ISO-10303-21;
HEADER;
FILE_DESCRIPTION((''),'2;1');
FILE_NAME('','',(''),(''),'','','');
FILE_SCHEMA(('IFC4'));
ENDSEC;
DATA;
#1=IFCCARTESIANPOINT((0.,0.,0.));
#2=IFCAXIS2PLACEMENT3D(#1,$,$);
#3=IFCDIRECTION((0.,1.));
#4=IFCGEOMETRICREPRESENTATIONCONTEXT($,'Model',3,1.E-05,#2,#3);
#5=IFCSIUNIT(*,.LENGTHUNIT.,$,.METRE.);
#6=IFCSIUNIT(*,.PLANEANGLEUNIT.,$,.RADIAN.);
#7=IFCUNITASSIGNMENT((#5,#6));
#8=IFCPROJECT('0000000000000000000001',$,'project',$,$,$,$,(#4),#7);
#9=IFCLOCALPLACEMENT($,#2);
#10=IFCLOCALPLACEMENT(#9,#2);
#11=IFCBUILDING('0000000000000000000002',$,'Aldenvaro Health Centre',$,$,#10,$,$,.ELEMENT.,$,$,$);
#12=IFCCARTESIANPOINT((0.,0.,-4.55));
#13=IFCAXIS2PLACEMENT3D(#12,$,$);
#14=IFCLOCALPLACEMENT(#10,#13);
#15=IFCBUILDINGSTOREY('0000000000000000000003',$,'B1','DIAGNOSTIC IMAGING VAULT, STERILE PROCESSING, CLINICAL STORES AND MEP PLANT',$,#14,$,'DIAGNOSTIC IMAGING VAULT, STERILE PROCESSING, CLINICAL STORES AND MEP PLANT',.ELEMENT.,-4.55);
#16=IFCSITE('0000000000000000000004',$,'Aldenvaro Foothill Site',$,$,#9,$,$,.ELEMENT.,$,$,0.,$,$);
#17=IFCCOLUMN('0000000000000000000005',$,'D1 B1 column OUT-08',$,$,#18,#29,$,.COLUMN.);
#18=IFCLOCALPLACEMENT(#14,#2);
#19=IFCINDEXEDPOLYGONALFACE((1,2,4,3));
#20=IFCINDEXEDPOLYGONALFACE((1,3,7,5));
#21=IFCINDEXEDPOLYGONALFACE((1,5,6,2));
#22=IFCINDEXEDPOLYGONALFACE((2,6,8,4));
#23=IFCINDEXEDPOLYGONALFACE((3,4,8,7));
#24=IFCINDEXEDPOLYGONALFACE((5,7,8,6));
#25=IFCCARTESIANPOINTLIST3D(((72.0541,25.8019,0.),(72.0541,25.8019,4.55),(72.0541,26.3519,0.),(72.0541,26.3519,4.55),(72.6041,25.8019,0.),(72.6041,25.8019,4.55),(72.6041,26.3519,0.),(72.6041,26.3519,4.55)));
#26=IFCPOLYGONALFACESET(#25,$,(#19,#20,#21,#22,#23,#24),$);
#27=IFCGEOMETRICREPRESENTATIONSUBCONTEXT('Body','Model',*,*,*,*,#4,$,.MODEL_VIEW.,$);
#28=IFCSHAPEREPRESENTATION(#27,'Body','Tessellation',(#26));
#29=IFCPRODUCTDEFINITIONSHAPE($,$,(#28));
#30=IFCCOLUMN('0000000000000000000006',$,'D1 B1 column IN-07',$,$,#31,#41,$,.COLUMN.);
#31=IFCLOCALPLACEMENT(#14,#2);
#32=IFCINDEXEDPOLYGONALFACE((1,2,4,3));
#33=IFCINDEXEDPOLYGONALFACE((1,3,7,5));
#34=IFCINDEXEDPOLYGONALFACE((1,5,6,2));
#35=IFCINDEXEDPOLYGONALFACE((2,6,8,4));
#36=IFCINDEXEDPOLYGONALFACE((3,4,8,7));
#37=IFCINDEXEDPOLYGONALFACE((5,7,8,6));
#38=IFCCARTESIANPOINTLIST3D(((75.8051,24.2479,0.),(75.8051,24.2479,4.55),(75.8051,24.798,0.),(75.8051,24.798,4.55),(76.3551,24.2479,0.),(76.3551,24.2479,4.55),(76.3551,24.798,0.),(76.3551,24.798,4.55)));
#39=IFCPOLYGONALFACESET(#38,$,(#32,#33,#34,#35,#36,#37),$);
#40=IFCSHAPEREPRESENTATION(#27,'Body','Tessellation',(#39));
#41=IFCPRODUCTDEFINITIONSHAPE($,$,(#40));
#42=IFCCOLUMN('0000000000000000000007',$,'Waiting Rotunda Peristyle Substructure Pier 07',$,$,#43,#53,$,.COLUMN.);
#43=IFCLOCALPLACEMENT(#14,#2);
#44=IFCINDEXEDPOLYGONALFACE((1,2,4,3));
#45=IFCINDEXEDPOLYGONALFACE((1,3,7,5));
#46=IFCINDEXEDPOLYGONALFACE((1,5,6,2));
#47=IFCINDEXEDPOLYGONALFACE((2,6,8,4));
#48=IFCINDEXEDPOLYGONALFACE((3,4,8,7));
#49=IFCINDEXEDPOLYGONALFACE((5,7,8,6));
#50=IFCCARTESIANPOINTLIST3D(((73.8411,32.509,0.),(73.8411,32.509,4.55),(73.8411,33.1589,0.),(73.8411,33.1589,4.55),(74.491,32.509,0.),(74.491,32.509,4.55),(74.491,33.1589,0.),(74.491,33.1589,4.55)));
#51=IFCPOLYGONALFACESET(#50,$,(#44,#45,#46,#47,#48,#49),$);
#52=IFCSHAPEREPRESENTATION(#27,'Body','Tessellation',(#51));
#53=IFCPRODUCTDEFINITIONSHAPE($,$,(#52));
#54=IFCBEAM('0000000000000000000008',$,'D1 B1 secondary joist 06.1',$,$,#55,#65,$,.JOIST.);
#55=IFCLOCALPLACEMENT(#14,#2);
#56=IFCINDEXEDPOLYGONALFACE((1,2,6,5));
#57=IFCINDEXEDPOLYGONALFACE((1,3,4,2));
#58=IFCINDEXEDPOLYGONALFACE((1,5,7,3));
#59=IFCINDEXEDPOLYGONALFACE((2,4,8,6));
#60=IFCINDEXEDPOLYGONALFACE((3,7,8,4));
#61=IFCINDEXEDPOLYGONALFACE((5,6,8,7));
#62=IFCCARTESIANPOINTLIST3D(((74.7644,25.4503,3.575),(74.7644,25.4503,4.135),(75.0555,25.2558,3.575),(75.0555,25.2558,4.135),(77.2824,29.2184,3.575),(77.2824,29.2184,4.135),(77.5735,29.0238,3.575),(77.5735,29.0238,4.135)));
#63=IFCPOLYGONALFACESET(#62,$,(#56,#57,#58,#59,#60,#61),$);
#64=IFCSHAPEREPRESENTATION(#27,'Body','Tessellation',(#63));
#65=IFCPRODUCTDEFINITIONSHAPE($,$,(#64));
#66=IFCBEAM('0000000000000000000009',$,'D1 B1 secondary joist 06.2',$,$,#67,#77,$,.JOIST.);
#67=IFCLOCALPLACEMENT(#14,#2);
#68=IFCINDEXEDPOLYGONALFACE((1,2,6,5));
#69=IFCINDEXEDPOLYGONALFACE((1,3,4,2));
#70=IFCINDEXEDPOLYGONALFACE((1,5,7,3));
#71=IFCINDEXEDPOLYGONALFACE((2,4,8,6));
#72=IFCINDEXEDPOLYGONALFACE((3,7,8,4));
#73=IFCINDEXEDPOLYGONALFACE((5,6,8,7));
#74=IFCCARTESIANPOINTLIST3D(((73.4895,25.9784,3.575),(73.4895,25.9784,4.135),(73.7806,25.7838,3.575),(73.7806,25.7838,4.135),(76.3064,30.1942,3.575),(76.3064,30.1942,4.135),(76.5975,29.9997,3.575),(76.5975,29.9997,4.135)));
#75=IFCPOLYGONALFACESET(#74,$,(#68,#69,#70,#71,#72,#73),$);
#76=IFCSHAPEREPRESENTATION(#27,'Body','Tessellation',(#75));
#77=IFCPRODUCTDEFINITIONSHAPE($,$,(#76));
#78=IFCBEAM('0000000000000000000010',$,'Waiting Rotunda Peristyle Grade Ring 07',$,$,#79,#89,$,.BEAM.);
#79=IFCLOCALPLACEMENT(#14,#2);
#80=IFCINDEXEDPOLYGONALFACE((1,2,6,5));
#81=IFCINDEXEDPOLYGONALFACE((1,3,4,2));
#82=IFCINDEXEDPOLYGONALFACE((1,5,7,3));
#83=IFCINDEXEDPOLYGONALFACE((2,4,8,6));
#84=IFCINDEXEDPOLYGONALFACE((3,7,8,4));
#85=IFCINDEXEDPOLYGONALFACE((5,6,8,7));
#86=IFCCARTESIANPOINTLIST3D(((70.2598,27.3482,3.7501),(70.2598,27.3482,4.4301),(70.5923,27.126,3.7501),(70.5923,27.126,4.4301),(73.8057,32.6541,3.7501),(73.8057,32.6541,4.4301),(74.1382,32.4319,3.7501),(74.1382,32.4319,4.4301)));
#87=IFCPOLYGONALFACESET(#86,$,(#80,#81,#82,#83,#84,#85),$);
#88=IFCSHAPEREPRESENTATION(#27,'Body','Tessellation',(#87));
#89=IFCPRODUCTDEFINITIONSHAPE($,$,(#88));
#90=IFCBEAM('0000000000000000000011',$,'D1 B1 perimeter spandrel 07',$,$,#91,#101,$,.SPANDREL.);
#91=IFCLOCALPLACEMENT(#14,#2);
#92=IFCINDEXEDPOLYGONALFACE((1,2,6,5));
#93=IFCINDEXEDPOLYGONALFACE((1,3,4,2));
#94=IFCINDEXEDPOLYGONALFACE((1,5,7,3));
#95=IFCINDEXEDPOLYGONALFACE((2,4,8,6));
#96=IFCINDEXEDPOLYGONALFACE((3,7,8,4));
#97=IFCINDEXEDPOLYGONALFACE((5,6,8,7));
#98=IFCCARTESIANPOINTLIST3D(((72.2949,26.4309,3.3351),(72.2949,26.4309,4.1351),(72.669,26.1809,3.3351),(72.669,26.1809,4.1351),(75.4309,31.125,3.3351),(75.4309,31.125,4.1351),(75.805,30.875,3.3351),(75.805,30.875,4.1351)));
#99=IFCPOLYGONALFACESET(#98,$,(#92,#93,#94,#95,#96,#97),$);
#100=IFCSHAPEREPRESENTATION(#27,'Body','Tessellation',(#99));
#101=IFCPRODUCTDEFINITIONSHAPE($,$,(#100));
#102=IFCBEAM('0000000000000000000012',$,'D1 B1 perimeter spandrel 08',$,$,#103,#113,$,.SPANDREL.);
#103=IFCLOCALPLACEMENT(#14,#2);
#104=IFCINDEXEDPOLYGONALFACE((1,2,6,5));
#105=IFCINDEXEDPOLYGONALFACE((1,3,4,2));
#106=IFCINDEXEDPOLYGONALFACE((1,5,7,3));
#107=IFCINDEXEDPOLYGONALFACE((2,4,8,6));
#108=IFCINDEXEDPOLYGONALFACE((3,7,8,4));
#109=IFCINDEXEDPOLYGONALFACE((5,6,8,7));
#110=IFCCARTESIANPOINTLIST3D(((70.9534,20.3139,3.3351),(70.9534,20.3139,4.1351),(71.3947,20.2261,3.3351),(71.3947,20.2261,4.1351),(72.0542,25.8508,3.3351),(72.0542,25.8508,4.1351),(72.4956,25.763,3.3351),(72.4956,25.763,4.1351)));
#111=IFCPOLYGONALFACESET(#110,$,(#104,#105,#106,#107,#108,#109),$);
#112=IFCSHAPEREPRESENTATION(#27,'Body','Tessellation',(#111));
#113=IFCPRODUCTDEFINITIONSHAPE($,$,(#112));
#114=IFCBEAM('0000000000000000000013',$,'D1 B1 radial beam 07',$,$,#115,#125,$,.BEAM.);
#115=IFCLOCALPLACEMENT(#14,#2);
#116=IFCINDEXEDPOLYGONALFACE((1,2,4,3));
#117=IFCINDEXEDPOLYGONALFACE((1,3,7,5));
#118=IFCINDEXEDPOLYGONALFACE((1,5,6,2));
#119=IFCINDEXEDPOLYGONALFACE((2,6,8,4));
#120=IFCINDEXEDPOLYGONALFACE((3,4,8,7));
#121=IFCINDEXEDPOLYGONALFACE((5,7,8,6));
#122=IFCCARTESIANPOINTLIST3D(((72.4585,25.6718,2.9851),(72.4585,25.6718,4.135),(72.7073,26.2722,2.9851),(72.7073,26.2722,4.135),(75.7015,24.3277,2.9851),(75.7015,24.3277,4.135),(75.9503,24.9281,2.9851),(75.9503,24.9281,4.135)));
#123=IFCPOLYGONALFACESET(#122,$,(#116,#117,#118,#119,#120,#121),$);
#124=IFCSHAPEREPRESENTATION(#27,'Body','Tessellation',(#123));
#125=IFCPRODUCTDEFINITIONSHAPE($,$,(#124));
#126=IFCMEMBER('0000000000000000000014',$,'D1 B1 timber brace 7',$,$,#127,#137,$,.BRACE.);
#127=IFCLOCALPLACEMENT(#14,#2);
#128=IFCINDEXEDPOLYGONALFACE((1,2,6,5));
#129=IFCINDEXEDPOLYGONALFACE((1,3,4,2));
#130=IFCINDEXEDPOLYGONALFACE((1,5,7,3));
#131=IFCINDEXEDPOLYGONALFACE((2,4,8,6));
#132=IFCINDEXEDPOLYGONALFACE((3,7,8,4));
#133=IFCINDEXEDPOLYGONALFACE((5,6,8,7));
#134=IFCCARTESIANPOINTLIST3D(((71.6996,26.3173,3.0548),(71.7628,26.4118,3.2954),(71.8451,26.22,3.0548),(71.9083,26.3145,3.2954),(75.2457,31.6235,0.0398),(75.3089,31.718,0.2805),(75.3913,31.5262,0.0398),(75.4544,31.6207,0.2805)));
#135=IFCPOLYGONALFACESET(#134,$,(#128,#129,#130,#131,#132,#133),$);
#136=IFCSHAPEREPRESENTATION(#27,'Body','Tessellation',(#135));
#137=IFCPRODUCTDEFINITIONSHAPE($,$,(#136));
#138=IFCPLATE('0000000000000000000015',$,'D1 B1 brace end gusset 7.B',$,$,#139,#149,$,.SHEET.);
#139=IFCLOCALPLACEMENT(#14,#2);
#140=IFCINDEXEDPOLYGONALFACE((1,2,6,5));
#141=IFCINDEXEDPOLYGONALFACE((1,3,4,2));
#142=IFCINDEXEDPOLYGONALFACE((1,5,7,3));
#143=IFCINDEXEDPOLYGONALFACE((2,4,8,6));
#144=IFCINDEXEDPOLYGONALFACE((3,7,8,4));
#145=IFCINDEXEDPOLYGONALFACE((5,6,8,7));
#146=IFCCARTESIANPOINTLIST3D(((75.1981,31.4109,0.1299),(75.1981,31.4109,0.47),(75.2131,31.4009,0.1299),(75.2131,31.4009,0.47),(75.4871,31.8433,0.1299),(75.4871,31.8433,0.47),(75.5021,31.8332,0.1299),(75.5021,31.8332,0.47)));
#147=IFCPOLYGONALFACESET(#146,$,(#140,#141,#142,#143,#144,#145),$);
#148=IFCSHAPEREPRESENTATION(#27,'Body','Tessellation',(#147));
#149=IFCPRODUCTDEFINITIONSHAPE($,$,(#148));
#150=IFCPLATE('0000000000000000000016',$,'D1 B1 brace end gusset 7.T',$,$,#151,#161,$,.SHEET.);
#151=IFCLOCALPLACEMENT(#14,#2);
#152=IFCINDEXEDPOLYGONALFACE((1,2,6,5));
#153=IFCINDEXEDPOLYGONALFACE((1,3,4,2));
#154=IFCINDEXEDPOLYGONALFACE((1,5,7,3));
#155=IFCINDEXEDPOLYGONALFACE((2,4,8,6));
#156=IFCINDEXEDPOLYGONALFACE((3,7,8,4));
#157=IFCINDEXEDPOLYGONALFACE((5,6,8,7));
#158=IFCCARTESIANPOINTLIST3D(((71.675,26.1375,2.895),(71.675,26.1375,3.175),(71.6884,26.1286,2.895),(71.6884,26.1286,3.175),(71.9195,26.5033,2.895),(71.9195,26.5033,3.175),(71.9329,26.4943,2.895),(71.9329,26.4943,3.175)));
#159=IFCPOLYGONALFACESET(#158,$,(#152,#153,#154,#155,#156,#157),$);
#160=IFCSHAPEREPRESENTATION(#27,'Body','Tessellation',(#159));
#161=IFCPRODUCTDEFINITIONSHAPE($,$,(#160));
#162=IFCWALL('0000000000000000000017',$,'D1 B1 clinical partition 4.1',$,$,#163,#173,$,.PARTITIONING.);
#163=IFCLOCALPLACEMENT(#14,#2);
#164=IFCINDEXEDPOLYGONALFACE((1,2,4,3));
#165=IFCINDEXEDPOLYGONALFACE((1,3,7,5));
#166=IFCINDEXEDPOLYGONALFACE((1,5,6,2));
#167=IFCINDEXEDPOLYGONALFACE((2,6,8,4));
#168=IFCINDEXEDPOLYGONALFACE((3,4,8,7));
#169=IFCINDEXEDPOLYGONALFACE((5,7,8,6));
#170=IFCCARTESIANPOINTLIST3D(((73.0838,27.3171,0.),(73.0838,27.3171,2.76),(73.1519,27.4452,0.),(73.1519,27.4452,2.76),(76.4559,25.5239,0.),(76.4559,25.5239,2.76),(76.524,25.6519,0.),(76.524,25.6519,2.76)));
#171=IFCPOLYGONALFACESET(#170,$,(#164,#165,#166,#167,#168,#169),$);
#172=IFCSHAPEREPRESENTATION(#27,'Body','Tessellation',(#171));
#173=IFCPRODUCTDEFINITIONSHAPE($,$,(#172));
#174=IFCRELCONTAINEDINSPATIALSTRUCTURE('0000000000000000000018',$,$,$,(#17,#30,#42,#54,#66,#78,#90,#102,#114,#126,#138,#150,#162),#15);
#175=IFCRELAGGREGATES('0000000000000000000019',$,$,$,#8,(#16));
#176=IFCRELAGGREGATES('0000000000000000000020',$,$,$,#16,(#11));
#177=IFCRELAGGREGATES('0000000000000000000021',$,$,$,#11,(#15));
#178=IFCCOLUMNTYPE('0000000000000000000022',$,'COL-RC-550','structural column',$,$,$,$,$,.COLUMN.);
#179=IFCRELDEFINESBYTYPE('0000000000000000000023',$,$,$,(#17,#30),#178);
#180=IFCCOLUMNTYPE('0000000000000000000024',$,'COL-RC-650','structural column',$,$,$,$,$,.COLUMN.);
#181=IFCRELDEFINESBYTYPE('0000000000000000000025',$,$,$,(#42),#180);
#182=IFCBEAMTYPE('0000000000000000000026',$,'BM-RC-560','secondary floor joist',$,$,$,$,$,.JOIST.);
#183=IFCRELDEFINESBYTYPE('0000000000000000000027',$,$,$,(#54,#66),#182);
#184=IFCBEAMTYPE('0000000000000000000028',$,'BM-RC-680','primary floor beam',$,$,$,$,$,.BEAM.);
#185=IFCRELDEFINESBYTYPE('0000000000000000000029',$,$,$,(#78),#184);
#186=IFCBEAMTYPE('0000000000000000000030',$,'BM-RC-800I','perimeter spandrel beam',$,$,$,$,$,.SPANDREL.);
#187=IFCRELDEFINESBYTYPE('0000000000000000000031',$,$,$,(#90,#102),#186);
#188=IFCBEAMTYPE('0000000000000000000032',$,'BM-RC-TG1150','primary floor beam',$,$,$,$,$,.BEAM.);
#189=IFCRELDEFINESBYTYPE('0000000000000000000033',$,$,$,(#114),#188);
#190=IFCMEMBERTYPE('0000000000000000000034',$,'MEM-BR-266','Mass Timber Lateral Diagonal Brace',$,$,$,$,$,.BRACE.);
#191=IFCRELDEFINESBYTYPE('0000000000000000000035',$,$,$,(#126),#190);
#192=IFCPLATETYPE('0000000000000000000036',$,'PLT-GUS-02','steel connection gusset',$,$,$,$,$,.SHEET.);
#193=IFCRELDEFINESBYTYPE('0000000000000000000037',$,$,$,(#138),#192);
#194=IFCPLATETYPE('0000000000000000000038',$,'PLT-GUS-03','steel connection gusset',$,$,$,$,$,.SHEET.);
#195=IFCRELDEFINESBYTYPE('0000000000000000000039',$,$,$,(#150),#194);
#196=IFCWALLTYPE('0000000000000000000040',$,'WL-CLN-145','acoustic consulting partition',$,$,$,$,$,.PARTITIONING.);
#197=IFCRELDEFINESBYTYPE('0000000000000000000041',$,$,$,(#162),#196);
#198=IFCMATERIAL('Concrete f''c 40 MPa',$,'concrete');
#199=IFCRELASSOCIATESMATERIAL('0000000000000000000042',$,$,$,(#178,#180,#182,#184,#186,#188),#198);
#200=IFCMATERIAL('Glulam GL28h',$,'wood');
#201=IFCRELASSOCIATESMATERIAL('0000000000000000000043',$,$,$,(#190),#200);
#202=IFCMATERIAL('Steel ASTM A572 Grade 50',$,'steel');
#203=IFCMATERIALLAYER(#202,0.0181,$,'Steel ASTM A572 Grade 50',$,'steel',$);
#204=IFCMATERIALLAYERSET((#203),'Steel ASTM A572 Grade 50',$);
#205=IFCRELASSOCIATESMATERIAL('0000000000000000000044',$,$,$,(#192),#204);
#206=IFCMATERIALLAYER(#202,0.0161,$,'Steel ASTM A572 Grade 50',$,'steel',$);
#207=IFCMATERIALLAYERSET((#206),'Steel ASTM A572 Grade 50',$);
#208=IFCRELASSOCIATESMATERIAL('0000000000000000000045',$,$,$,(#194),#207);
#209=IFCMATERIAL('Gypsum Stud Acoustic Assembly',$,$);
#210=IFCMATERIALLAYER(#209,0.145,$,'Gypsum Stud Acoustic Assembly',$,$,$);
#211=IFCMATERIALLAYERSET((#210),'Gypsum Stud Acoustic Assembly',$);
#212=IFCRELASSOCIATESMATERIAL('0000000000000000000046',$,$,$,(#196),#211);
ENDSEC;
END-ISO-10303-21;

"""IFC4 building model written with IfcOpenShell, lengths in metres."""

from ifc_helpers import new_model, si_unit, direction, frame, frame_2d, origin, origin_2d, place, context, subcontext, project, spatial, rectangle, extrude, material, layer, layer_set, material_profile, profile_set, type_object, element, save


model = new_model("IFC4")

# Units and contexts
model_context = context("Model", 3, precision=1e-05, world=origin(), true_north=direction((0.0, 1.0)))
body_context = subcontext(model_context, "Body", "Model", "MODEL_VIEW")
ifc_project = project(units=[si_unit("LENGTHUNIT", "METRE"), si_unit("PLANEANGLEUNIT", "RADIAN")], contexts=[model_context])

# Site, building, storey
site_placement = place(None, origin())
site = spatial("IfcSite", under=ifc_project, at=site_placement, Name="Aldenvaro Foothill Site", CompositionType="ELEMENT", RefElevation=0.0)
building_placement = place(site_placement, origin())
building = spatial("IfcBuilding", under=site, at=building_placement, Name="Aldenvaro Health Centre", CompositionType="ELEMENT")
storey_placement = place(building_placement, frame((0.0, 0.0, -4.55)))
storey = spatial("IfcBuildingStorey", under=building, at=storey_placement, Name="B1", Description="DIAGNOSTIC IMAGING VAULT, STERILE PROCESSING, CLINICAL STORES AND MEP PLANT", LongName="DIAGNOSTIC IMAGING VAULT, STERILE PROCESSING, CLINICAL STORES AND MEP PLANT", CompositionType="ELEMENT", Elevation=-4.55)

# Shared definitions
ifc_material_1 = material(Name="Concrete f'c 40 MPa", Category="concrete")

# Columns
ifc_material_profile_1 = material_profile(ifc_material_1, rectangle(XDim=0.55, YDim=0.55, at=origin_2d()), Name="RC 550x550", Category="concrete")
ifc_profile_set_1 = profile_set([ifc_material_profile_1], Name="Concrete f'c 40 MPa")
column_type_1 = type_object("IfcColumnType", Name="COL-RC-550", Description="structural column", PredefinedType="COLUMN", material=ifc_profile_set_1)
for number, where, z_axis, x_axis, name in (
    (1, (72.3291, 26.0769, 0.0), (0.0, 0.0, 1.0), (1.0, 0.0, 0.0), "D1 B1 column OUT-08"),
    (2, (76.0801, 24.5229, 0.0), (0.0, 0.0, 1.0), (1.0, 0.0, 0.0), "D1 B1 column IN-07"),
):
    element("IfcColumn", number, at=place(storey_placement, frame(where, z_axis=z_axis, x_axis=x_axis)), inside=storey, type_object=column_type_1, Name=name, PredefinedType="COLUMN", context=body_context, shape_type="SweptSolid", body=[
        extrude(rectangle(XDim=0.55, YDim=0.55, at=origin_2d()), origin(), (0.0, 0.0, 1.0), 4.55),
    ])
ifc_material_profile_2 = material_profile(ifc_material_1, rectangle(XDim=0.6499, YDim=0.6499, at=origin_2d()), Name="RC 650x650", Category="concrete")
ifc_profile_set_2 = profile_set([ifc_material_profile_2], Name="Concrete f'c 40 MPa")
column_type_2 = type_object("IfcColumnType", Name="COL-RC-650", Description="structural column", PredefinedType="COLUMN", material=ifc_profile_set_2)
column_placement = place(storey_placement, frame((74.166, 32.834, 0.0), z_axis=(0.0, 0.0, 1.0), x_axis=(1.0, 0.0, 0.0)))
element("IfcColumn", 3, at=column_placement, inside=storey, type_object=column_type_2, Name="Waiting Rotunda Peristyle Substructure Pier 07", PredefinedType="COLUMN", context=body_context, shape_type="SweptSolid", body=[
    extrude(rectangle(XDim=0.6499, YDim=0.6499, at=origin_2d()), origin(), (0.0, 0.0, 1.0), 4.55),
])

# Beams
ifc_material_profile_3 = material_profile(ifc_material_1, rectangle(XDim=0.3501, YDim=0.5601, at=origin_2d()), Name="RC 350x560", Category="concrete")
ifc_profile_set_3 = profile_set([ifc_material_profile_3], Name="Concrete f'c 40 MPa")
beam_type_1 = type_object("IfcBeamType", Name="BM-RC-560", Description="secondary floor joist", PredefinedType="JOIST", material=ifc_profile_set_3)
beam_1_placement = place(storey_placement, frame((77.428, 29.1211, 3.855), z_axis=(-0.55562, -0.831436, 0.0), x_axis=(0.831436, -0.55562, 0.0)))
element("IfcBeam", 4, at=beam_1_placement, inside=storey, type_object=beam_type_1, Name="D1 B1 secondary joist 06.1", PredefinedType="JOIST", context=body_context, shape_type="SweptSolid", body=[
    extrude(rectangle(XDim=0.3501, YDim=0.5601, at=origin_2d()), origin(), (0.0, 0.0, 1.0), 4.532),
])
beam_2_placement = place(storey_placement, frame((76.4519, 30.0969, 3.855), z_axis=(-0.555567, -0.831472, 0.0), x_axis=(0.831472, -0.555567, 0.0)))
element("IfcBeam", 5, at=beam_2_placement, inside=storey, type_object=beam_type_1, Name="D1 B1 secondary joist 06.2", PredefinedType="JOIST", context=body_context, shape_type="SweptSolid", body=[
    extrude(rectangle(XDim=0.3501, YDim=0.5601, at=origin_2d()), origin(), (0.0, 0.0, 1.0), 5.0703),
])
ifc_material_profile_4 = material_profile(ifc_material_1, rectangle(XDim=0.3999, YDim=0.6799, at=origin_2d()), Name="RC 400x680", Category="concrete")
ifc_profile_set_4 = profile_set([ifc_material_profile_4], Name="Concrete f'c 40 MPa")
beam_type_2 = type_object("IfcBeamType", Name="BM-RC-680", Description="primary floor beam", PredefinedType="BEAM", material=ifc_profile_set_4)
beam_3_placement = place(storey_placement, frame((73.9719, 32.543, 4.0901), z_axis=(-0.555636, -0.831426, 0.0), x_axis=(0.831426, -0.555636, 0.0)))
element("IfcBeam", 6, at=beam_3_placement, inside=storey, type_object=beam_type_2, Name="Waiting Rotunda Peristyle Grade Ring 07", PredefinedType="BEAM", context=body_context, shape_type="SweptSolid", body=[
    extrude(rectangle(XDim=0.3999, YDim=0.6799, at=origin_2d()), origin(), (0.0, 0.0, 1.0), 6.3816),
])
ifc_material_profile_5 = material_profile(ifc_material_1, rectangle(XDim=0.45, YDim=0.8, at=origin_2d()), Name="RC 450x800", Category="concrete")
ifc_profile_set_5 = profile_set([ifc_material_profile_5], Name="Concrete f'c 40 MPa")
beam_type_3 = type_object("IfcBeamType", Name="BM-RC-800I", Description="perimeter spandrel beam", PredefinedType="SPANDREL", material=ifc_profile_set_5)
for number, where, z_axis, x_axis, name in (
    (7, (75.6179, 31.0, 3.7351), (-0.555508, -0.831511, 0.0), (0.831511, -0.555508, 0.0), "D1 B1 perimeter spandrel 07"),
    (8, (72.2749, 25.8069, 3.7351), (-0.195002, -0.980803, 0.0), (0.980803, -0.195002, 0.0), "D1 B1 perimeter spandrel 08"),
):
    element("IfcBeam", number, at=place(storey_placement, frame(where, z_axis=z_axis, x_axis=x_axis)), inside=storey, type_object=beam_type_3, Name=name, PredefinedType="SPANDREL", context=body_context, shape_type="SweptSolid", body=[
        extrude(rectangle(XDim=0.45, YDim=0.8, at=origin_2d()), origin(), (0.0, 0.0, 1.0), 5.6453),
    ])
ifc_material_profile_6 = material_profile(ifc_material_1, rectangle(XDim=0.6499, YDim=1.1499, at=origin_2d()), Name="RC 650x1150", Category="concrete")
ifc_profile_set_6 = profile_set([ifc_material_profile_6], Name="Concrete f'c 40 MPa")
beam_type_4 = type_object("IfcBeamType", Name="BM-RC-TG1150", Description="primary floor beam", PredefinedType="BEAM", material=ifc_profile_set_6)
beam_4_placement = place(storey_placement, frame((75.8259, 24.6279, 3.5601), z_axis=(-0.923806, 0.382862, 0.0), x_axis=(-0.382862, -0.923806, 0.0)))
element("IfcBeam", 9, at=beam_4_placement, inside=storey, type_object=beam_type_4, Name="D1 B1 radial beam 07", PredefinedType="BEAM", context=body_context, shape_type="SweptSolid", body=[
    extrude(rectangle(XDim=0.6499, YDim=1.1499, at=origin_2d()), origin(), (0.0, 0.0, 1.0), 3.5105),
])

# Member
ifc_material_2 = material(Name="Glulam GL28h", Category="wood")
ifc_material_profile_7 = material_profile(ifc_material_2, rectangle(XDim=0.175, YDim=0.2661, at=origin_2d()), Name="GL 175x266", Category="wood")
ifc_profile_set_7 = profile_set([ifc_material_profile_7], Name="Glulam GL28h")
member_type = type_object("IfcMemberType", Name="MEM-BR-266", Description="Mass Timber Lateral Diagonal Brace", PredefinedType="BRACE", material=ifc_profile_set_7)
member_placement = place(storey_placement, frame((75.3501, 31.6221, 0.1602), z_axis=(-0.502406, -0.751758, 0.42714), x_axis=(0.83142, -0.555644, 0.0)))
element("IfcMember", 10, at=member_placement, inside=storey, type_object=member_type, Name="D1 B1 timber brace 7", PredefinedType="BRACE", context=body_context, shape_type="SweptSolid", body=[
    extrude(rectangle(XDim=0.175, YDim=0.2661, at=origin_2d()), origin(), (0.0, 0.0, 1.0), 7.0583),
])

# Plates
ifc_material_3 = material(Name="Steel ASTM A572 Grade 50", Category="steel")
ifc_layer_1 = layer(ifc_material_3, 0.0181, Name="Steel ASTM A572 Grade 50", Category="steel")
ifc_layer_set_1 = layer_set([ifc_layer_1], Name="Steel ASTM A572 Grade 50")
plate_type_1 = type_object("IfcPlateType", Name="PLT-GUS-02", Description="steel connection gusset", PredefinedType="SHEET", material=ifc_layer_set_1)
plate_1_placement = place(storey_placement, frame((75.3501, 31.6221, 0.1299), z_axis=(0.0, 0.0, 1.0), x_axis=(-0.555643, -0.831421, 0.0)))
element("IfcPlate", 11, at=plate_1_placement, inside=storey, type_object=plate_type_1, Name="D1 B1 brace end gusset 7.B", PredefinedType="SHEET", context=body_context, shape_type="SweptSolid", body=[
    extrude(rectangle(XDim=0.52, YDim=0.0181, at=origin_2d()), origin(), (0.0, 0.0, 1.0), 0.3401),
])
ifc_layer_2 = layer(ifc_material_3, 0.0161, Name="Steel ASTM A572 Grade 50", Category="steel")
ifc_layer_set_2 = layer_set([ifc_layer_2], Name="Steel ASTM A572 Grade 50")
plate_type_2 = type_object("IfcPlateType", Name="PLT-GUS-03", Description="steel connection gusset", PredefinedType="SHEET", material=ifc_layer_set_2)
plate_2_placement = place(storey_placement, frame((71.804, 26.3159, 2.895), z_axis=(0.0, 0.0, 1.0), x_axis=(-0.555643, -0.831421, 0.0)))
element("IfcPlate", 12, at=plate_2_placement, inside=storey, type_object=plate_type_2, Name="D1 B1 brace end gusset 7.T", PredefinedType="SHEET", context=body_context, shape_type="SweptSolid", body=[
    extrude(rectangle(XDim=0.4399, YDim=0.0161, at=origin_2d()), origin(), (0.0, 0.0, 1.0), 0.28),
])

# Wall
ifc_material_4 = material(Name="Gypsum Stud Acoustic Assembly")
ifc_layer_3 = layer(ifc_material_4, 0.145, Name="Gypsum Stud Acoustic Assembly")
ifc_layer_set_3 = layer_set([ifc_layer_3], Name="Gypsum Stud Acoustic Assembly")
wall_type_1 = type_object("IfcWallType", Name="WL-CLN-145", Description="acoustic consulting partition", PredefinedType="PARTITIONING", material=ifc_layer_set_3)
wall_1_placement = place(storey_placement, frame((76.49, 25.5879, 0.0), z_axis=(0.0, 0.0, 1.0), x_axis=(-0.88292, 0.469523, 0.0)))
element("IfcWall", 13, at=wall_1_placement, inside=storey, type_object=wall_type_1, Name="D1 B1 clinical partition 4.1", PredefinedType="PARTITIONING", context=body_context, shape_type="SweptSolid", body=[
    extrude(rectangle(XDim=3.8193, YDim=0.145, at=frame_2d((1.9097, 0.0))), origin(), (0.0, 0.0, 1.0), 2.76),
])

save(model, "model.ifc")
